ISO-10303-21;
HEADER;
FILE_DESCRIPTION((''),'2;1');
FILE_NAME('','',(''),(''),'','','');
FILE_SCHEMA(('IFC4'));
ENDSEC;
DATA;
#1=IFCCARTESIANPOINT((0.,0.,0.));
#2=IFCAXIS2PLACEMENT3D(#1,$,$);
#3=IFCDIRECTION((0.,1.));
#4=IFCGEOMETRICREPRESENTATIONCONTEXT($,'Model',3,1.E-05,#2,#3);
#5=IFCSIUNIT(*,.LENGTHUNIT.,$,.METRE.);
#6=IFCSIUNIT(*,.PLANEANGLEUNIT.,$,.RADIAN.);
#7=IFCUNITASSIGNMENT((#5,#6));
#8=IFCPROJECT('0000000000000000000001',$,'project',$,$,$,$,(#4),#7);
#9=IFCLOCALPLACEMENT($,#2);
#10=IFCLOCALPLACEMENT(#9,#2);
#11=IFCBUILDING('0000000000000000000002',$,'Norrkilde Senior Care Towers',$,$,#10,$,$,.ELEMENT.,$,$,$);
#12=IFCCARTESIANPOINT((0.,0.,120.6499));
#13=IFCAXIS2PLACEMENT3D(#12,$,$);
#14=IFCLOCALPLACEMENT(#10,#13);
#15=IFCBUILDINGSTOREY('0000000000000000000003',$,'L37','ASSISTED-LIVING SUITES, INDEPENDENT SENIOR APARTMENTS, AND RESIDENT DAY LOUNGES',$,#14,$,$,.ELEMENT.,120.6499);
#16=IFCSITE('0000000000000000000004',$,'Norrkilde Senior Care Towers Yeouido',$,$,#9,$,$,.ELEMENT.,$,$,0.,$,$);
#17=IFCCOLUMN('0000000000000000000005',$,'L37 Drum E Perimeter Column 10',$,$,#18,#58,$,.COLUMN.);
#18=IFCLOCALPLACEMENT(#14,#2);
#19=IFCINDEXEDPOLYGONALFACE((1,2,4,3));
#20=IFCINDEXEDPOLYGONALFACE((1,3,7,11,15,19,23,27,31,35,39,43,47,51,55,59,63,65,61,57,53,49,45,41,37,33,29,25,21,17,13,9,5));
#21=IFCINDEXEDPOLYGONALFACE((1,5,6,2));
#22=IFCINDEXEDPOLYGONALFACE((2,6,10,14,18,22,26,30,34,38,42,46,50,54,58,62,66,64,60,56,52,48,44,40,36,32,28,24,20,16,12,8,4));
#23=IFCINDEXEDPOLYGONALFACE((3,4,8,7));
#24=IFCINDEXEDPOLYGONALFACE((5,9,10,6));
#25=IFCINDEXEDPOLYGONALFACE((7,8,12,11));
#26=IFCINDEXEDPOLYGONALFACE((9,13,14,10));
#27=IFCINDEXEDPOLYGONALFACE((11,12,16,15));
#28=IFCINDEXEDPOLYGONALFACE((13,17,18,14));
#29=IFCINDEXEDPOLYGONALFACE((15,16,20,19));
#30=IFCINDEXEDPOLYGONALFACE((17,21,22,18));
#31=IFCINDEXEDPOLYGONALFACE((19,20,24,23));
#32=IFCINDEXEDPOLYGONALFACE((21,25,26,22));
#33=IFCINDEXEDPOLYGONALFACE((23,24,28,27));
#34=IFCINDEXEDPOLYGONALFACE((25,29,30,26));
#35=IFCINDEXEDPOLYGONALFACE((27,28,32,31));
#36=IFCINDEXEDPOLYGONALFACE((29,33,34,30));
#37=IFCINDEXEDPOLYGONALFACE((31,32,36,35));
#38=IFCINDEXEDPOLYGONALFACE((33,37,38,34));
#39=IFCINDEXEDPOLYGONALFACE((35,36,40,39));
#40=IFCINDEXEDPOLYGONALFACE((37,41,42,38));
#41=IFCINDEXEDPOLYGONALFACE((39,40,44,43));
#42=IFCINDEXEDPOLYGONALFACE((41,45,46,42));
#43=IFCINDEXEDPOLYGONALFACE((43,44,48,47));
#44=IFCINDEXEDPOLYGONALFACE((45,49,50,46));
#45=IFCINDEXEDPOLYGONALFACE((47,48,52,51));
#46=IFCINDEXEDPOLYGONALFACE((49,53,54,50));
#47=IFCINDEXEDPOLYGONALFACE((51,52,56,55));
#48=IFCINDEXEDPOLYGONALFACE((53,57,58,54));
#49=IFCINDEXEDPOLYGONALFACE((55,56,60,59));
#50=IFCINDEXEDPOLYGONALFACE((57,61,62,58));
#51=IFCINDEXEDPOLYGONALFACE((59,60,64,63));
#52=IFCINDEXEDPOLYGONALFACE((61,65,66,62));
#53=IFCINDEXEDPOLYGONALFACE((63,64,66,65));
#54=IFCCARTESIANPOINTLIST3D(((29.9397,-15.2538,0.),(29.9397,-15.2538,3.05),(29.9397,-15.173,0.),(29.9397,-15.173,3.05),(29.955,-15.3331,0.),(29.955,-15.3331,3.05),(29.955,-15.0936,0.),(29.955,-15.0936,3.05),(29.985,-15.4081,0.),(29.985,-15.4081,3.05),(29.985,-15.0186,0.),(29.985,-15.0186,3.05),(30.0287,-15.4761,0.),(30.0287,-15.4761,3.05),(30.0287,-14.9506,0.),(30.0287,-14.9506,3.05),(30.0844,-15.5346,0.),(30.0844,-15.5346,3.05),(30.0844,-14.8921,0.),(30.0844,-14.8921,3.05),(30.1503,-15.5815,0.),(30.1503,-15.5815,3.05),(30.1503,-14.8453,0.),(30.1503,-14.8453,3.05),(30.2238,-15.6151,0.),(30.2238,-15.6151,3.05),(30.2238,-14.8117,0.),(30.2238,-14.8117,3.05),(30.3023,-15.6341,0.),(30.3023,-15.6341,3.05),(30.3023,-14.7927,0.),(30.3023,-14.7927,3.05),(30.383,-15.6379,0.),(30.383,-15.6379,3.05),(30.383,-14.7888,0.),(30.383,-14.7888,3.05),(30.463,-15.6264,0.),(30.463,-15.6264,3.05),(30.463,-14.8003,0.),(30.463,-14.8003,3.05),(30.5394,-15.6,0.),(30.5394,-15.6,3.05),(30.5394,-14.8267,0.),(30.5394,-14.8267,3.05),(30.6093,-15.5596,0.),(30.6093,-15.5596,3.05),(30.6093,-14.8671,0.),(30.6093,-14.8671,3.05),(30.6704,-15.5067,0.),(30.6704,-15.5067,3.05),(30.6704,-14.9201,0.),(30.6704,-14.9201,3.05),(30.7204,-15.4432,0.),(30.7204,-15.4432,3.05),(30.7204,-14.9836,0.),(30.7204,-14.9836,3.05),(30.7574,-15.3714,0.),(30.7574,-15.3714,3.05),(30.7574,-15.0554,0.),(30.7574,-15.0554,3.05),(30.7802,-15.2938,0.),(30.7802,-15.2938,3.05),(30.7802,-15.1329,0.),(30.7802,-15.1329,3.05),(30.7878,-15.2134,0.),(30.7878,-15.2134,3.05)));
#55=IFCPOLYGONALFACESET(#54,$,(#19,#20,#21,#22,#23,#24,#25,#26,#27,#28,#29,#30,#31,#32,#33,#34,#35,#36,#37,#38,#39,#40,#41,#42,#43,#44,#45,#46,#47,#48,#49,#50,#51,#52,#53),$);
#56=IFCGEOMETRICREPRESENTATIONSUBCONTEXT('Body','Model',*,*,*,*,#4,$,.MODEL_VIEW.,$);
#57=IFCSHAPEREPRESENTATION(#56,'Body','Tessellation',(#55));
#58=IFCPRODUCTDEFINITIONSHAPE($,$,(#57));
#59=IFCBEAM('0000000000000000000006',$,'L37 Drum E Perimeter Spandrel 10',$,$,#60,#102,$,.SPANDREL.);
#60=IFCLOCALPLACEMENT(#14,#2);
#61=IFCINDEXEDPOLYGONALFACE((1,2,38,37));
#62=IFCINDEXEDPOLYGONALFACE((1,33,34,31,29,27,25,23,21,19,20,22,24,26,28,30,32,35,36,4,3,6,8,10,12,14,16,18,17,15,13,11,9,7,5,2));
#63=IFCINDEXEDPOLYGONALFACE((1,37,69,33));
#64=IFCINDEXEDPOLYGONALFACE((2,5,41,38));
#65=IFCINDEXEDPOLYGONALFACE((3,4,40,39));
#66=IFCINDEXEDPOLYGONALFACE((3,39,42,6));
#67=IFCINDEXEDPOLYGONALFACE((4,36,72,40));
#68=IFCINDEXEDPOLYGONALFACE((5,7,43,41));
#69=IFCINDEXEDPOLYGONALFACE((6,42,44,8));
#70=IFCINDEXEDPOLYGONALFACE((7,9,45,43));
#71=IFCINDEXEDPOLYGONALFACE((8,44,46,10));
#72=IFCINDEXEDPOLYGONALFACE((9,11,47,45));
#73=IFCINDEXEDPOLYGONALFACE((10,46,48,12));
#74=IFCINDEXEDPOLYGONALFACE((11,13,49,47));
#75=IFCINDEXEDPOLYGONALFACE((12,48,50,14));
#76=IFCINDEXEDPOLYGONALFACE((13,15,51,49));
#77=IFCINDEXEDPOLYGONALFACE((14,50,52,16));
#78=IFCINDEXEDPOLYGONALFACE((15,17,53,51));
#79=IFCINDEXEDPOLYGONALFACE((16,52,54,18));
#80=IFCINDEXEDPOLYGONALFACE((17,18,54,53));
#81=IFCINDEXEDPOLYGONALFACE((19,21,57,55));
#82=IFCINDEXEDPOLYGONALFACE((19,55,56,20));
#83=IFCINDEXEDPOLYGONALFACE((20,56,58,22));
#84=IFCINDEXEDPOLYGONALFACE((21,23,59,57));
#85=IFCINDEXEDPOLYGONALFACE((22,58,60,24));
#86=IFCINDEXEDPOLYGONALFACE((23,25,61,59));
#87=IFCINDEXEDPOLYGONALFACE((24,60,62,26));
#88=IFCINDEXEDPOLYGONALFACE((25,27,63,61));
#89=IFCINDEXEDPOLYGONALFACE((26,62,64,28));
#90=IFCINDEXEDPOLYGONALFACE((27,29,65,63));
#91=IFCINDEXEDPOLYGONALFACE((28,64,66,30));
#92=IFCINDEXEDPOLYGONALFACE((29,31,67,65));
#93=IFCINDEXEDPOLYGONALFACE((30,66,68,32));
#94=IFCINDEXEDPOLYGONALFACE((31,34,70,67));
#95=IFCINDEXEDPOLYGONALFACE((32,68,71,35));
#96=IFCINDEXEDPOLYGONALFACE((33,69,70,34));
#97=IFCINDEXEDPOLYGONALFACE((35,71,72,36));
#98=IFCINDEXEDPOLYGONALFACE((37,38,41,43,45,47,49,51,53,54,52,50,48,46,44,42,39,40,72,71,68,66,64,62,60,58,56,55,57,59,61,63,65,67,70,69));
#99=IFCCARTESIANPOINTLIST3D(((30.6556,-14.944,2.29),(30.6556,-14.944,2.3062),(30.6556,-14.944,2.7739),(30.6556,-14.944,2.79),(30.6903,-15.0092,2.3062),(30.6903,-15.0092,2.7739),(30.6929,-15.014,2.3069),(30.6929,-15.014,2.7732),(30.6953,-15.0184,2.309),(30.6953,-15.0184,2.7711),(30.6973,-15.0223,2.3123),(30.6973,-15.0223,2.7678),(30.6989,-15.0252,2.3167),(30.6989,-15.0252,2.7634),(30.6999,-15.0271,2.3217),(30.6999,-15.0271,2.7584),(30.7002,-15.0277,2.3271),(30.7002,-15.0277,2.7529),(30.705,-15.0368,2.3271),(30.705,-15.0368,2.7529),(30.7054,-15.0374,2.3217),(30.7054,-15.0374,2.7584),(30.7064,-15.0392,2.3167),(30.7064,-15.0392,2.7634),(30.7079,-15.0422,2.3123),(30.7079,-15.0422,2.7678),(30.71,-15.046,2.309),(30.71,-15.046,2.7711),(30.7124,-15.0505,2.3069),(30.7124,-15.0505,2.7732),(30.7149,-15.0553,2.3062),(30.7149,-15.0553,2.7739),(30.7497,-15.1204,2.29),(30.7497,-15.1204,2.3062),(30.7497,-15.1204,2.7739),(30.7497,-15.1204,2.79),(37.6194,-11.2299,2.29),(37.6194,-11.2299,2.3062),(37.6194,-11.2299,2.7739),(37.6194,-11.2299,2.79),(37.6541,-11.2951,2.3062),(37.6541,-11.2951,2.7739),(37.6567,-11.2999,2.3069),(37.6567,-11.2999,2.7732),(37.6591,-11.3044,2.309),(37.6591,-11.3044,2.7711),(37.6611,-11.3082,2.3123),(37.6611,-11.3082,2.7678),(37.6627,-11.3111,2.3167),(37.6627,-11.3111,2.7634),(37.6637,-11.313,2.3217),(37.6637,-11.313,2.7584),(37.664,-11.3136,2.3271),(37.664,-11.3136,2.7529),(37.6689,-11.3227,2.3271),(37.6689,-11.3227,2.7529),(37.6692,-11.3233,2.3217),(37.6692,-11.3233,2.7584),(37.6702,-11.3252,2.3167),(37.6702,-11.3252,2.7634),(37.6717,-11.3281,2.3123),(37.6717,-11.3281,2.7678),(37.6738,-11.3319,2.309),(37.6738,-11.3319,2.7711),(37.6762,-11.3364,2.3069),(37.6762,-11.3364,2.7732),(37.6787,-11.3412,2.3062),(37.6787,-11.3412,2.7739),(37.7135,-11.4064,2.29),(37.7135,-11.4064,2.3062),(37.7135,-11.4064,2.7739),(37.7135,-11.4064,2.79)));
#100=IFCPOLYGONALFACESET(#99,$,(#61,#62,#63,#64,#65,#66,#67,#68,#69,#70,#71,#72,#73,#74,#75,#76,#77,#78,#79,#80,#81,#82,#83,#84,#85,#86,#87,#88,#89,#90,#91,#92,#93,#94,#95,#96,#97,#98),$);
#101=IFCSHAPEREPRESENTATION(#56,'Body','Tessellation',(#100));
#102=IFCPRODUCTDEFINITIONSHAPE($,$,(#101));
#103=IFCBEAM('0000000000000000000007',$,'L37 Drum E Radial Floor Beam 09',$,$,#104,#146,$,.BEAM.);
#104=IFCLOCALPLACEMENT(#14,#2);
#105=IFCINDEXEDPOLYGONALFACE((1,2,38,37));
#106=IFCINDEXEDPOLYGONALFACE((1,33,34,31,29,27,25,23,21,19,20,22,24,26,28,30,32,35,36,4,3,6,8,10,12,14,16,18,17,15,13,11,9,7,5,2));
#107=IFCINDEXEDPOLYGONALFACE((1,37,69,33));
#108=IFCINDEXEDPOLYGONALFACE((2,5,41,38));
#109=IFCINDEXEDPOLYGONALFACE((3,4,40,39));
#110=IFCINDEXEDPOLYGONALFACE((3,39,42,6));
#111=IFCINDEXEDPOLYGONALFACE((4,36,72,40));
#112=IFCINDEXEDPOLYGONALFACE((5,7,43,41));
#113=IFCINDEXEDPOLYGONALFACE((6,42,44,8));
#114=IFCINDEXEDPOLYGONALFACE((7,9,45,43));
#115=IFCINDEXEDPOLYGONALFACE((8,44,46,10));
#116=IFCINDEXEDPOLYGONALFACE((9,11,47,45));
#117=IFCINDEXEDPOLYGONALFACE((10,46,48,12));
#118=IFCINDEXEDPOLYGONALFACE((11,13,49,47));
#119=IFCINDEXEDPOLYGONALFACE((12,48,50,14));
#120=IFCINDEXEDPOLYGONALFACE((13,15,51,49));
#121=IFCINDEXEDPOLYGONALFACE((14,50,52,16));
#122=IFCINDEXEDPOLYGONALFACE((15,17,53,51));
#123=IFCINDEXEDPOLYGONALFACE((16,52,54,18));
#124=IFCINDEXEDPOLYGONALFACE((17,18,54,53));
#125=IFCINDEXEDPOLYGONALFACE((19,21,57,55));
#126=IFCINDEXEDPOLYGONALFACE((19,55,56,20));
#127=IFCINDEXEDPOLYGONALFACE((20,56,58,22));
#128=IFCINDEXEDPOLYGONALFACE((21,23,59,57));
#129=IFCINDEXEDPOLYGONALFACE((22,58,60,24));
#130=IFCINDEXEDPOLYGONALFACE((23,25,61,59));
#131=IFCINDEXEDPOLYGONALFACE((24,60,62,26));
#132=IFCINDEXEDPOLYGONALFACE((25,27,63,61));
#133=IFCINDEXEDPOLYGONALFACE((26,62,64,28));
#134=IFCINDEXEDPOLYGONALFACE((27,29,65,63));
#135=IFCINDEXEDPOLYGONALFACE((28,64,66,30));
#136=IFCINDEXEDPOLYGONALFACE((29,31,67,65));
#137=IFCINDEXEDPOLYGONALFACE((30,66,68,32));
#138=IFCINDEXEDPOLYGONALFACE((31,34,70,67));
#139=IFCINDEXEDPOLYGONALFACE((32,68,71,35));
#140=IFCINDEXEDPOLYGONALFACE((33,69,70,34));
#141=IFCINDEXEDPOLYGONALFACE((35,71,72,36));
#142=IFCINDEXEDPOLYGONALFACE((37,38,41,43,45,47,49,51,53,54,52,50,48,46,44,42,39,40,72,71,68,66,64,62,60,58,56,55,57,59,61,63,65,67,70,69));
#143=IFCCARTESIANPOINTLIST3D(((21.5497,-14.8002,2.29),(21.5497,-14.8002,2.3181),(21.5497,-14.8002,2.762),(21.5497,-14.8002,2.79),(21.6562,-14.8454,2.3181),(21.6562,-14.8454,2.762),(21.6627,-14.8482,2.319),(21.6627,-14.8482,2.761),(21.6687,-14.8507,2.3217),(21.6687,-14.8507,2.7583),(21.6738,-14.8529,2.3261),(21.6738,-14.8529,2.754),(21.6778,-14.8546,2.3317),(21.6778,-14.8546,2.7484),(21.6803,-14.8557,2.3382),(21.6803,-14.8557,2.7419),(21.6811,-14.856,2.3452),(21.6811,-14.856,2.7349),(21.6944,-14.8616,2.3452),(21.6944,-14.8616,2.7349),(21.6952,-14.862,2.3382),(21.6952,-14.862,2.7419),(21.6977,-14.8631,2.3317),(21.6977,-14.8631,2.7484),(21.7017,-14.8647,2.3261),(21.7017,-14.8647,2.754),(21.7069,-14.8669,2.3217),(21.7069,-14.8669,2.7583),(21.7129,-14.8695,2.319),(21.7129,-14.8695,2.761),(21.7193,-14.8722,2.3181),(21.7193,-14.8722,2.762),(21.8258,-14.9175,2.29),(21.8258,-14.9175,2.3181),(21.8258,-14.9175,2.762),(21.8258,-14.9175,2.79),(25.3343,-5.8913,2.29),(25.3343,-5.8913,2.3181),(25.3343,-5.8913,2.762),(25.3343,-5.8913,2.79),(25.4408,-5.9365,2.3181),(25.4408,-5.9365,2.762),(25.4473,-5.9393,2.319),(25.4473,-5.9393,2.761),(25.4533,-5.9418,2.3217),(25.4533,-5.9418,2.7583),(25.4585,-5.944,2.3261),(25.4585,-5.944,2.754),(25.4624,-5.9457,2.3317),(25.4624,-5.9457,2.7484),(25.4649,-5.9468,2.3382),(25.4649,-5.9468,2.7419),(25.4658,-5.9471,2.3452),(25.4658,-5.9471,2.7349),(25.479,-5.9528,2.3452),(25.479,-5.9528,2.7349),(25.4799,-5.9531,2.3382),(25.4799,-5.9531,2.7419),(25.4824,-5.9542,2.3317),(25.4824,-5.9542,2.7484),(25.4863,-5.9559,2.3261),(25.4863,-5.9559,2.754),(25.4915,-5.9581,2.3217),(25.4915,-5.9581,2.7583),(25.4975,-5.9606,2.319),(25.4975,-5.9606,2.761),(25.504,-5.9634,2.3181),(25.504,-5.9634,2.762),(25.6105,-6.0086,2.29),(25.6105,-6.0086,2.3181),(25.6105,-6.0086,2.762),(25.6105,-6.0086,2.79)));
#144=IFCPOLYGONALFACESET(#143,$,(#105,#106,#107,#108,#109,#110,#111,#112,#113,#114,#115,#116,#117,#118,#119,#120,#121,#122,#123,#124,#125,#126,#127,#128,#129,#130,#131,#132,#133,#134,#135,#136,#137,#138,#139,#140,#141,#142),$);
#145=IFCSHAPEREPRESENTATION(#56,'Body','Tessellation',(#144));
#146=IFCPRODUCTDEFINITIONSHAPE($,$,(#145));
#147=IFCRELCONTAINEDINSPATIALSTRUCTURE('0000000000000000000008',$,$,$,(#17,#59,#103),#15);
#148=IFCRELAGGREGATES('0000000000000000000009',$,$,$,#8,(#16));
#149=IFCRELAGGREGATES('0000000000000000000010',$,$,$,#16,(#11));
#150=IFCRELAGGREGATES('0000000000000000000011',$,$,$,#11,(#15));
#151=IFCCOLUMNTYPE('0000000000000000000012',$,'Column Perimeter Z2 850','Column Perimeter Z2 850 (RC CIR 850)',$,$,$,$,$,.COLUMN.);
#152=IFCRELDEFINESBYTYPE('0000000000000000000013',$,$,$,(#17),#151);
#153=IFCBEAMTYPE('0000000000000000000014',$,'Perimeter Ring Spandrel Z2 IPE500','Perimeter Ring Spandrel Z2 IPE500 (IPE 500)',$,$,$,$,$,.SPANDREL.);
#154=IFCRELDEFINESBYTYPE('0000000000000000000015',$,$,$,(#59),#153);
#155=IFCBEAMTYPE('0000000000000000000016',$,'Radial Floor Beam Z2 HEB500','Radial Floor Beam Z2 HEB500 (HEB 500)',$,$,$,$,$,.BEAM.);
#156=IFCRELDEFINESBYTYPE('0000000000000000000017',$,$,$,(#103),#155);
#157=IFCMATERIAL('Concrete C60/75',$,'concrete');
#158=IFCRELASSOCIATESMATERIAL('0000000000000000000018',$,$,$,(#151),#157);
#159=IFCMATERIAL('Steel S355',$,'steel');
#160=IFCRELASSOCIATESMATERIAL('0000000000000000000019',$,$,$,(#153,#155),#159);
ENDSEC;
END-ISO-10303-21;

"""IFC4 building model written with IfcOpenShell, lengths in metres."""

from ifc_helpers import new_model, si_unit, direction, frame, origin, origin_2d, place, context, subcontext, project, spatial, circle, i_section, extrude, source, transform, mapped, material, material_profile, profile_set, type_object, type_shapes, element, save


model = new_model("IFC4")

# Units and contexts
model_context = context("Model", 3, precision=1e-05, world=origin(), true_north=direction((0.0, 1.0)))
body_context = subcontext(model_context, "Body", "Model", "MODEL_VIEW")
ifc_project = project(units=[si_unit("LENGTHUNIT", "METRE"), si_unit("PLANEANGLEUNIT", "RADIAN")], contexts=[model_context])

# Site, building, storey
site_placement = place(None, origin())
site = spatial("IfcSite", under=ifc_project, at=site_placement, Name="Norrkilde Senior Care Towers Yeouido", CompositionType="ELEMENT", RefElevation=0.0)
building_placement = place(site_placement, origin())
building = spatial("IfcBuilding", under=site, at=building_placement, Name="Norrkilde Senior Care Towers", CompositionType="ELEMENT")
storey_placement = place(building_placement, frame((0.0, 0.0, 120.6499)))
storey = spatial("IfcBuildingStorey", under=building, at=storey_placement, Name="L37", Description="ASSISTED-LIVING SUITES, INDEPENDENT SENIOR APARTMENTS, AND RESIDENT DAY LOUNGES", CompositionType="ELEMENT", Elevation=120.6499)

# Column
ifc_material_1 = material(Name="Concrete C60/75", Category="concrete")
ifc_material_profile_1 = material_profile(ifc_material_1, circle(Radius=0.425, at=origin_2d()), Name="RC CIR 850")
ifc_profile_set_1 = profile_set([ifc_material_profile_1], Name="Concrete C60/75")
column_type = type_object("IfcColumnType", Name="Column Perimeter Z2 850", Description="Column Perimeter Z2 850 (RC CIR 850)", PredefinedType="COLUMN", material=ifc_profile_set_1)
shared_shape_1 = source(origin(), body_context, "Body", "SweptSolid", [
    extrude(circle(Radius=0.425, at=origin_2d()), origin(), (0.0, 0.0, 1.0), 3.05),
])
type_shapes(column_type, [shared_shape_1])
column_placement = place(storey_placement, frame((30.3628, -15.2134, 0.0), z_axis=(0.0, 0.0, 1.0), x_axis=(1.0, 0.0, 0.0)))
element("IfcColumn", 1, at=column_placement, inside=storey, type_object=column_type, Name="L37 Drum E Perimeter Column 10", PredefinedType="COLUMN", context=body_context, shape_type="MappedRepresentation", body=[
    mapped(shared_shape_1, transform((0.0, 0.0, 0.0), x_axis=(1.0, 0.0, 0.0), y_axis=(0.0, 1.0, 0.0), z_axis=(0.0, 0.0, 1.0), scale=1.0)),
])

# Beams
ifc_material_2 = material(Name="Steel S355", Category="steel")
ifc_material_profile_2 = material_profile(ifc_material_2, i_section(OverallWidth=0.2, OverallDepth=0.5, WebThickness=0.0103, FlangeThickness=0.0161, FilletRadius=0.021, at=origin_2d()), Name="IPE 500")
ifc_profile_set_2 = profile_set([ifc_material_profile_2], Name="Steel S355")
beam_type_1 = type_object("IfcBeamType", Name="Perimeter Ring Spandrel Z2 IPE500", Description="Perimeter Ring Spandrel Z2 IPE500 (IPE 500)", PredefinedType="SPANDREL", material=ifc_profile_set_2)
shared_shape_2 = source(origin(), body_context, "Body", "SweptSolid", [
    extrude(i_section(OverallWidth=0.2, OverallDepth=0.5, WebThickness=0.0103, FlangeThickness=0.0161, FilletRadius=0.021, at=origin_2d()), origin(), (0.0, 0.0, 1.0), 7.8923),
])
type_shapes(beam_type_1, [shared_shape_2])
beam_1_placement = place(storey_placement, frame((30.7026, -15.0322, 2.54), z_axis=(0.88235, 0.470593, 0.0), x_axis=(-0.470593, 0.88235, 0.0)))
element("IfcBeam", 2, at=beam_1_placement, inside=storey, type_object=beam_type_1, Name="L37 Drum E Perimeter Spandrel 10", PredefinedType="SPANDREL", context=body_context, shape_type="MappedRepresentation", body=[
    mapped(shared_shape_2, transform((0.0, 0.0, 0.0), x_axis=(1.0, 0.0, 0.0), y_axis=(0.0, 1.0, 0.0), z_axis=(0.0, 0.0, 1.0), scale=1.0)),
])
ifc_material_profile_3 = material_profile(ifc_material_2, i_section(OverallWidth=0.3, OverallDepth=0.5, WebThickness=0.0144, FlangeThickness=0.0281, FilletRadius=0.0271, at=origin_2d()), Name="HEB 500")
ifc_profile_set_3 = profile_set([ifc_material_profile_3], Name="Steel S355")
beam_type_2 = type_object("IfcBeamType", Name="Radial Floor Beam Z2 HEB500", Description="Radial Floor Beam Z2 HEB500 (HEB 500)", PredefinedType="BEAM", material=ifc_profile_set_3)
shared_shape_3 = source(origin(), body_context, "Body", "SweptSolid", [
    extrude(i_section(OverallWidth=0.3, OverallDepth=0.5, WebThickness=0.0144, FlangeThickness=0.0281, FilletRadius=0.0271, at=origin_2d()), origin(), (0.0, 0.0, 1.0), 9.6794),
])
beam_2_placement = place(storey_placement, frame((25.4724, -5.95, 2.54), z_axis=(-0.390998, -0.920392, 0.0), x_axis=(0.920392, -0.390998, 0.0)))
element("IfcBeam", 3, at=beam_2_placement, inside=storey, type_object=beam_type_2, Name="L37 Drum E Radial Floor Beam 09", PredefinedType="BEAM", context=body_context, shape_type="MappedRepresentation", body=[
    mapped(shared_shape_3, transform((0.0, 0.0, 0.0), x_axis=(1.0, 0.0, 0.0), y_axis=(0.0, 1.0, 0.0), z_axis=(0.0, 0.0, 1.0), scale=1.0)),
])

save(model, "model.ifc")
